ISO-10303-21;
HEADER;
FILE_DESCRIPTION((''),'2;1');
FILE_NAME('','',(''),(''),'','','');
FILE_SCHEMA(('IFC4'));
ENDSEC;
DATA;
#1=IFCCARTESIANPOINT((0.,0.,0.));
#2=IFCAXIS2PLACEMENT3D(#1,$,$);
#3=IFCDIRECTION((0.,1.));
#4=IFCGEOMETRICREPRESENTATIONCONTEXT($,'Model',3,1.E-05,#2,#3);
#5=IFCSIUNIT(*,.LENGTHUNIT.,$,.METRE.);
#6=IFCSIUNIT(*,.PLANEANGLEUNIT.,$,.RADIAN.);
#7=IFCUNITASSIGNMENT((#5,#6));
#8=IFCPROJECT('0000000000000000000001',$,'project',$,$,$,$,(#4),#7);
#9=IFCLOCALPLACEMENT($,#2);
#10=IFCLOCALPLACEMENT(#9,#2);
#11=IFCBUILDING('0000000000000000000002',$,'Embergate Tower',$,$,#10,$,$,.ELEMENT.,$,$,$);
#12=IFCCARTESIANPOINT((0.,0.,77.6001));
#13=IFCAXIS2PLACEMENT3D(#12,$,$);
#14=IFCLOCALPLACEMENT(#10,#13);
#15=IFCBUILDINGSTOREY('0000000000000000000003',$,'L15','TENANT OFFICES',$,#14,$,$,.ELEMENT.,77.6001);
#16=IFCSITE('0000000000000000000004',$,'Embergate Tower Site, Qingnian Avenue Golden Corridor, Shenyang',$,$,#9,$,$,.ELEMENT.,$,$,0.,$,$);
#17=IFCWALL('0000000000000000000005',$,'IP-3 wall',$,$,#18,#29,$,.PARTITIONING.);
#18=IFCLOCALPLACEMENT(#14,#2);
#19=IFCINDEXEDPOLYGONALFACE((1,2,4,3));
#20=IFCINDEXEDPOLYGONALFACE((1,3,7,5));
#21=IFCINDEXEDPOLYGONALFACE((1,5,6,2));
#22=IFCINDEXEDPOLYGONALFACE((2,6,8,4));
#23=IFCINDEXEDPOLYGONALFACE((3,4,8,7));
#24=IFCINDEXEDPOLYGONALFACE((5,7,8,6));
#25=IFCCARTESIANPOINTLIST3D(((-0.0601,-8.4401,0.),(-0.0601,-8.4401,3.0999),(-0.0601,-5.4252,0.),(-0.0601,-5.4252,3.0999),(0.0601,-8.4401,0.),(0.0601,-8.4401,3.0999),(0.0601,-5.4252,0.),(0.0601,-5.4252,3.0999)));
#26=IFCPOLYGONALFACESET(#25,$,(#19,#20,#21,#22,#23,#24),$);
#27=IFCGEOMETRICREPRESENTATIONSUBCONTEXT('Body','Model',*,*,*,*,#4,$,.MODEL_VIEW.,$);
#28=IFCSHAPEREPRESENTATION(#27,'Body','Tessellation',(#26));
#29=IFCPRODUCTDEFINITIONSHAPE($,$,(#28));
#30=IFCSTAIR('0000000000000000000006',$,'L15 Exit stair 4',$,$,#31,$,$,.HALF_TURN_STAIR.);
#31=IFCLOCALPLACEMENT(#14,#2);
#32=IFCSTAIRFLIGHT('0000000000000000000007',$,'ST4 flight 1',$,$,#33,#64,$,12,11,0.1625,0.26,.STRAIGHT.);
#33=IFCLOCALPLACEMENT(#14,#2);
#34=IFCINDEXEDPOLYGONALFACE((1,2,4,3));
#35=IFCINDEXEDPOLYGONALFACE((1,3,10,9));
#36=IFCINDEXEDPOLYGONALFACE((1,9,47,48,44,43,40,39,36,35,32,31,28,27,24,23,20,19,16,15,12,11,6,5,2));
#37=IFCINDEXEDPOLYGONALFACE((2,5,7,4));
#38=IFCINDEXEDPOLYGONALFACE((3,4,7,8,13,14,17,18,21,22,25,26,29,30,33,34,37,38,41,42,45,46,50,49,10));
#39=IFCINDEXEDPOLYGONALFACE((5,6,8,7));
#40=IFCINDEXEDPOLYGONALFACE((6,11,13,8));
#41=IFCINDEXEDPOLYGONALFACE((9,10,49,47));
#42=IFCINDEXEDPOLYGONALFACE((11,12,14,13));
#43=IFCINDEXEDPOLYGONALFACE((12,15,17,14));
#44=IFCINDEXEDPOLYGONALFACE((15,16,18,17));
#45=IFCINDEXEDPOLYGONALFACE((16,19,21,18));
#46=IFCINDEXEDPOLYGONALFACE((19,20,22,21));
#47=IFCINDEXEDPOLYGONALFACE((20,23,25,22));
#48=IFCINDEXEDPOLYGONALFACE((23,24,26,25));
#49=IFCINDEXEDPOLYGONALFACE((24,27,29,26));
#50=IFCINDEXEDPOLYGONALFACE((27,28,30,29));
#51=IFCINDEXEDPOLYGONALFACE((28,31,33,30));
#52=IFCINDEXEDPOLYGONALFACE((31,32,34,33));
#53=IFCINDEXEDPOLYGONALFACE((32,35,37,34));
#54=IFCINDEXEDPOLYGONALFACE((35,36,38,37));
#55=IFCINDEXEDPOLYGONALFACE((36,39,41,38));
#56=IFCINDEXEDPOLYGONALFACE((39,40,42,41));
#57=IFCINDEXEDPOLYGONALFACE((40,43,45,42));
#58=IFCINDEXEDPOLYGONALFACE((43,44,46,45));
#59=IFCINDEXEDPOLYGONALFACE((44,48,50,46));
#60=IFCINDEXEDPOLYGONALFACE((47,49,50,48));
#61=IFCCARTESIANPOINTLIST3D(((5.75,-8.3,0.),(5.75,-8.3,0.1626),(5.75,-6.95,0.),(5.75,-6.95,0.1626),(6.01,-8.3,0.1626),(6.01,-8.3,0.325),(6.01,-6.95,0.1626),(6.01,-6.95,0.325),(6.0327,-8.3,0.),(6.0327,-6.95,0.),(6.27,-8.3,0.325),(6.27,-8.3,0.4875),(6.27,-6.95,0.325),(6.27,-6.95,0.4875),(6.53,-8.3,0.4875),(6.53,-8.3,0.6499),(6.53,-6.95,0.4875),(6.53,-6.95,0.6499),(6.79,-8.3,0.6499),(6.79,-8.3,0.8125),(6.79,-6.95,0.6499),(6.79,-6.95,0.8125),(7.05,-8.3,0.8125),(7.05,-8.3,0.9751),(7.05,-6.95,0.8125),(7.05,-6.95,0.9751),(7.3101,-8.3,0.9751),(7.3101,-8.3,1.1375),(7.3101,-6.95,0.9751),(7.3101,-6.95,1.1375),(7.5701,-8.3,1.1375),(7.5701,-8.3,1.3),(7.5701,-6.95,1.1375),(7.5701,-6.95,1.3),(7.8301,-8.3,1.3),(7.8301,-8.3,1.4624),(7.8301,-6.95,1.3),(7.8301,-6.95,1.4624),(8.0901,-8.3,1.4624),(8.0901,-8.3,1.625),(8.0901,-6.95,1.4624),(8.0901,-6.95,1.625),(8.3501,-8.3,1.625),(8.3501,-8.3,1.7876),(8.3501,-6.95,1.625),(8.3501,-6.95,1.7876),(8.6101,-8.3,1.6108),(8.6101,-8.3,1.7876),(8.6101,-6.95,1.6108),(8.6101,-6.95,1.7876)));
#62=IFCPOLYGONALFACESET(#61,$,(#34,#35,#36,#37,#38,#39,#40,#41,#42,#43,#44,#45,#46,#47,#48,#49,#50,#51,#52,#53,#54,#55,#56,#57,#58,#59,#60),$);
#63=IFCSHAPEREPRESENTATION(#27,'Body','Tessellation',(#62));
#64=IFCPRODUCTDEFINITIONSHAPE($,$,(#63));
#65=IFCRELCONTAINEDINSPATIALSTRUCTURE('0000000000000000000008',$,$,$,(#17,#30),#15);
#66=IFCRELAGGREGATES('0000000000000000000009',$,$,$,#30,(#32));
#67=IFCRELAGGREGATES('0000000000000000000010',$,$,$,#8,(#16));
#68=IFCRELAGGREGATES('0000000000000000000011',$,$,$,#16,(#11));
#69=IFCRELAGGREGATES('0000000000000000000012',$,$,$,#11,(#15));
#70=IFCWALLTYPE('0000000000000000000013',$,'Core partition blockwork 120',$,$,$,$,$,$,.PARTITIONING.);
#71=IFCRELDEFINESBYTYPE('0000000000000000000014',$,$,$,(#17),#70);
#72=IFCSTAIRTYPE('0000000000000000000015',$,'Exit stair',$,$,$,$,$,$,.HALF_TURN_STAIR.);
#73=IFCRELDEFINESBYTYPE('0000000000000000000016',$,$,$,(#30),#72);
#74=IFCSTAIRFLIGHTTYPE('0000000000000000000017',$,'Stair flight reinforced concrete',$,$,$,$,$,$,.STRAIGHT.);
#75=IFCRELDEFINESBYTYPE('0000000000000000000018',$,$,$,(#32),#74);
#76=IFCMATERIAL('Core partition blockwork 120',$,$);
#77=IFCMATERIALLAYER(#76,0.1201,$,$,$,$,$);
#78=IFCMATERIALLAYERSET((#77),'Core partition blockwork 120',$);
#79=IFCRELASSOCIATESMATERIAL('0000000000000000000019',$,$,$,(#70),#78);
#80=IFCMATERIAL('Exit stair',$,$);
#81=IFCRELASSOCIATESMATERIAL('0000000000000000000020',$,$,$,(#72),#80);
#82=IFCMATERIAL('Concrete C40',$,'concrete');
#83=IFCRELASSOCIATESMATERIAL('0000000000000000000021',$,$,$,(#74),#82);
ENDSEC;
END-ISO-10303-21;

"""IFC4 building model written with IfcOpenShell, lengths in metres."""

from ifc_helpers import new_model, si_unit, direction, frame, frame_2d, origin, place, context, subcontext, project, spatial, polyline, rectangle, outline, extrude, source, transform, mapped, material, layer, layer_set, type_object, element, aggregate, save


model = new_model("IFC4")

# Units and contexts
model_context = context("Model", 3, precision=1e-05, world=origin(), true_north=direction((0.0, 1.0)))
body_context = subcontext(model_context, "Body", "Model", "MODEL_VIEW")
ifc_project = project(units=[si_unit("LENGTHUNIT", "METRE"), si_unit("PLANEANGLEUNIT", "RADIAN")], contexts=[model_context])

# Site, building, storey
site_placement = place(None, origin())
site = spatial("IfcSite", under=ifc_project, at=site_placement, Name="Embergate Tower Site, Qingnian Avenue Golden Corridor, Shenyang", CompositionType="ELEMENT", RefElevation=0.0)
building_placement = place(site_placement, origin())
building = spatial("IfcBuilding", under=site, at=building_placement, Name="Embergate Tower", CompositionType="ELEMENT")
storey_placement = place(building_placement, frame((0.0, 0.0, 77.6001)))
storey = spatial("IfcBuildingStorey", under=building, at=storey_placement, Name="L15", Description="TENANT OFFICES", CompositionType="ELEMENT", Elevation=77.6001)

# Wall
ifc_material_1 = material(Name="Core partition blockwork 120")
ifc_layer_1 = layer(ifc_material_1, 0.1201)
ifc_layer_set_1 = layer_set([ifc_layer_1], Name="Core partition blockwork 120")
wall_type_1 = type_object("IfcWallType", Name="Core partition blockwork 120", PredefinedType="PARTITIONING", material=ifc_layer_set_1)
shared_shape_1 = source(origin(), body_context, "Body", "SweptSolid", [
    extrude(rectangle(XDim=3.0149, YDim=0.1201, at=frame_2d((1.5073, 0.0))), origin(), (0.0, 0.0, 1.0), 3.0999),
])
wall_1_placement = place(storey_placement, frame((0.0, -8.4399, 0.0), z_axis=(0.0, 0.0, 1.0), x_axis=(0.0, 1.0, 0.0)))
element("IfcWall", 1, at=wall_1_placement, inside=storey, type_object=wall_type_1, Name="IP-3 wall", PredefinedType="PARTITIONING", context=body_context, shape_type="MappedRepresentation", body=[
    mapped(shared_shape_1, transform((0.0, 0.0, 0.0))),
])

# Stair, stair flight
ifc_material_2 = material(Name="Exit stair")
stair_type = type_object("IfcStairType", Name="Exit stair", PredefinedType="HALF_TURN_STAIR", material=ifc_material_2)
stair_placement = place(storey_placement, origin())
stair = element("IfcStair", 2, at=stair_placement, inside=storey, type_object=stair_type, Name="L15 Exit stair 4", PredefinedType="HALF_TURN_STAIR")
ifc_material_3 = material(Name="Concrete C40", Category="concrete")
stair_flight_type = type_object("IfcStairFlightType", Name="Stair flight reinforced concrete", PredefinedType="STRAIGHT", material=ifc_material_3)
shared_shape_2 = source(origin(), body_context, "Body", "SweptSolid", [
    extrude(outline(polyline([(0.0, 0.0), (0.0, 0.1626), (0.26, 0.1626), (0.26, 0.325), (0.52, 0.325), (0.52, 0.4875), (0.78, 0.4875), (0.78, 0.6499), (1.04, 0.6499), (1.04, 0.8125), (1.3, 0.8125), (1.3, 0.9751), (1.5601, 0.9751), (1.5601, 1.1375), (1.8201, 1.1375), (1.8201, 1.3), (2.0801, 1.3), (2.0801, 1.4624), (2.3401, 1.4624), (2.3401, 1.625), (2.6001, 1.625), (2.6001, 1.7876), (2.8601, 1.7876), (2.8601, 1.95), (2.8601, 1.6108), (0.2827, 0.0), (0.0, 0.0)])), frame((0.0, 0.675, 0.0), z_axis=(0.0, -1.0, 0.0), x_axis=(1.0, 0.0, 0.0)), (0.0, 0.0, 1.0), 1.3501),
])
stair_flight_placement = place(storey_placement, frame((5.75, -7.625, 0.0), z_axis=(0.0, 0.0, 1.0), x_axis=(1.0, 0.0, 0.0)))
stair_flight = element("IfcStairFlight", 3, at=stair_flight_placement, type_object=stair_flight_type, Name="ST4 flight 1", NumberOfRisers=12, NumberOfTreads=11, PredefinedType="STRAIGHT", RiserHeight=0.1625, TreadLength=0.26, context=body_context, shape_type="MappedRepresentation", body=[
    mapped(shared_shape_2, transform((0.0, 0.0, 0.0))),
])
aggregate(stair, [stair_flight])

save(model, "model.ifc")
